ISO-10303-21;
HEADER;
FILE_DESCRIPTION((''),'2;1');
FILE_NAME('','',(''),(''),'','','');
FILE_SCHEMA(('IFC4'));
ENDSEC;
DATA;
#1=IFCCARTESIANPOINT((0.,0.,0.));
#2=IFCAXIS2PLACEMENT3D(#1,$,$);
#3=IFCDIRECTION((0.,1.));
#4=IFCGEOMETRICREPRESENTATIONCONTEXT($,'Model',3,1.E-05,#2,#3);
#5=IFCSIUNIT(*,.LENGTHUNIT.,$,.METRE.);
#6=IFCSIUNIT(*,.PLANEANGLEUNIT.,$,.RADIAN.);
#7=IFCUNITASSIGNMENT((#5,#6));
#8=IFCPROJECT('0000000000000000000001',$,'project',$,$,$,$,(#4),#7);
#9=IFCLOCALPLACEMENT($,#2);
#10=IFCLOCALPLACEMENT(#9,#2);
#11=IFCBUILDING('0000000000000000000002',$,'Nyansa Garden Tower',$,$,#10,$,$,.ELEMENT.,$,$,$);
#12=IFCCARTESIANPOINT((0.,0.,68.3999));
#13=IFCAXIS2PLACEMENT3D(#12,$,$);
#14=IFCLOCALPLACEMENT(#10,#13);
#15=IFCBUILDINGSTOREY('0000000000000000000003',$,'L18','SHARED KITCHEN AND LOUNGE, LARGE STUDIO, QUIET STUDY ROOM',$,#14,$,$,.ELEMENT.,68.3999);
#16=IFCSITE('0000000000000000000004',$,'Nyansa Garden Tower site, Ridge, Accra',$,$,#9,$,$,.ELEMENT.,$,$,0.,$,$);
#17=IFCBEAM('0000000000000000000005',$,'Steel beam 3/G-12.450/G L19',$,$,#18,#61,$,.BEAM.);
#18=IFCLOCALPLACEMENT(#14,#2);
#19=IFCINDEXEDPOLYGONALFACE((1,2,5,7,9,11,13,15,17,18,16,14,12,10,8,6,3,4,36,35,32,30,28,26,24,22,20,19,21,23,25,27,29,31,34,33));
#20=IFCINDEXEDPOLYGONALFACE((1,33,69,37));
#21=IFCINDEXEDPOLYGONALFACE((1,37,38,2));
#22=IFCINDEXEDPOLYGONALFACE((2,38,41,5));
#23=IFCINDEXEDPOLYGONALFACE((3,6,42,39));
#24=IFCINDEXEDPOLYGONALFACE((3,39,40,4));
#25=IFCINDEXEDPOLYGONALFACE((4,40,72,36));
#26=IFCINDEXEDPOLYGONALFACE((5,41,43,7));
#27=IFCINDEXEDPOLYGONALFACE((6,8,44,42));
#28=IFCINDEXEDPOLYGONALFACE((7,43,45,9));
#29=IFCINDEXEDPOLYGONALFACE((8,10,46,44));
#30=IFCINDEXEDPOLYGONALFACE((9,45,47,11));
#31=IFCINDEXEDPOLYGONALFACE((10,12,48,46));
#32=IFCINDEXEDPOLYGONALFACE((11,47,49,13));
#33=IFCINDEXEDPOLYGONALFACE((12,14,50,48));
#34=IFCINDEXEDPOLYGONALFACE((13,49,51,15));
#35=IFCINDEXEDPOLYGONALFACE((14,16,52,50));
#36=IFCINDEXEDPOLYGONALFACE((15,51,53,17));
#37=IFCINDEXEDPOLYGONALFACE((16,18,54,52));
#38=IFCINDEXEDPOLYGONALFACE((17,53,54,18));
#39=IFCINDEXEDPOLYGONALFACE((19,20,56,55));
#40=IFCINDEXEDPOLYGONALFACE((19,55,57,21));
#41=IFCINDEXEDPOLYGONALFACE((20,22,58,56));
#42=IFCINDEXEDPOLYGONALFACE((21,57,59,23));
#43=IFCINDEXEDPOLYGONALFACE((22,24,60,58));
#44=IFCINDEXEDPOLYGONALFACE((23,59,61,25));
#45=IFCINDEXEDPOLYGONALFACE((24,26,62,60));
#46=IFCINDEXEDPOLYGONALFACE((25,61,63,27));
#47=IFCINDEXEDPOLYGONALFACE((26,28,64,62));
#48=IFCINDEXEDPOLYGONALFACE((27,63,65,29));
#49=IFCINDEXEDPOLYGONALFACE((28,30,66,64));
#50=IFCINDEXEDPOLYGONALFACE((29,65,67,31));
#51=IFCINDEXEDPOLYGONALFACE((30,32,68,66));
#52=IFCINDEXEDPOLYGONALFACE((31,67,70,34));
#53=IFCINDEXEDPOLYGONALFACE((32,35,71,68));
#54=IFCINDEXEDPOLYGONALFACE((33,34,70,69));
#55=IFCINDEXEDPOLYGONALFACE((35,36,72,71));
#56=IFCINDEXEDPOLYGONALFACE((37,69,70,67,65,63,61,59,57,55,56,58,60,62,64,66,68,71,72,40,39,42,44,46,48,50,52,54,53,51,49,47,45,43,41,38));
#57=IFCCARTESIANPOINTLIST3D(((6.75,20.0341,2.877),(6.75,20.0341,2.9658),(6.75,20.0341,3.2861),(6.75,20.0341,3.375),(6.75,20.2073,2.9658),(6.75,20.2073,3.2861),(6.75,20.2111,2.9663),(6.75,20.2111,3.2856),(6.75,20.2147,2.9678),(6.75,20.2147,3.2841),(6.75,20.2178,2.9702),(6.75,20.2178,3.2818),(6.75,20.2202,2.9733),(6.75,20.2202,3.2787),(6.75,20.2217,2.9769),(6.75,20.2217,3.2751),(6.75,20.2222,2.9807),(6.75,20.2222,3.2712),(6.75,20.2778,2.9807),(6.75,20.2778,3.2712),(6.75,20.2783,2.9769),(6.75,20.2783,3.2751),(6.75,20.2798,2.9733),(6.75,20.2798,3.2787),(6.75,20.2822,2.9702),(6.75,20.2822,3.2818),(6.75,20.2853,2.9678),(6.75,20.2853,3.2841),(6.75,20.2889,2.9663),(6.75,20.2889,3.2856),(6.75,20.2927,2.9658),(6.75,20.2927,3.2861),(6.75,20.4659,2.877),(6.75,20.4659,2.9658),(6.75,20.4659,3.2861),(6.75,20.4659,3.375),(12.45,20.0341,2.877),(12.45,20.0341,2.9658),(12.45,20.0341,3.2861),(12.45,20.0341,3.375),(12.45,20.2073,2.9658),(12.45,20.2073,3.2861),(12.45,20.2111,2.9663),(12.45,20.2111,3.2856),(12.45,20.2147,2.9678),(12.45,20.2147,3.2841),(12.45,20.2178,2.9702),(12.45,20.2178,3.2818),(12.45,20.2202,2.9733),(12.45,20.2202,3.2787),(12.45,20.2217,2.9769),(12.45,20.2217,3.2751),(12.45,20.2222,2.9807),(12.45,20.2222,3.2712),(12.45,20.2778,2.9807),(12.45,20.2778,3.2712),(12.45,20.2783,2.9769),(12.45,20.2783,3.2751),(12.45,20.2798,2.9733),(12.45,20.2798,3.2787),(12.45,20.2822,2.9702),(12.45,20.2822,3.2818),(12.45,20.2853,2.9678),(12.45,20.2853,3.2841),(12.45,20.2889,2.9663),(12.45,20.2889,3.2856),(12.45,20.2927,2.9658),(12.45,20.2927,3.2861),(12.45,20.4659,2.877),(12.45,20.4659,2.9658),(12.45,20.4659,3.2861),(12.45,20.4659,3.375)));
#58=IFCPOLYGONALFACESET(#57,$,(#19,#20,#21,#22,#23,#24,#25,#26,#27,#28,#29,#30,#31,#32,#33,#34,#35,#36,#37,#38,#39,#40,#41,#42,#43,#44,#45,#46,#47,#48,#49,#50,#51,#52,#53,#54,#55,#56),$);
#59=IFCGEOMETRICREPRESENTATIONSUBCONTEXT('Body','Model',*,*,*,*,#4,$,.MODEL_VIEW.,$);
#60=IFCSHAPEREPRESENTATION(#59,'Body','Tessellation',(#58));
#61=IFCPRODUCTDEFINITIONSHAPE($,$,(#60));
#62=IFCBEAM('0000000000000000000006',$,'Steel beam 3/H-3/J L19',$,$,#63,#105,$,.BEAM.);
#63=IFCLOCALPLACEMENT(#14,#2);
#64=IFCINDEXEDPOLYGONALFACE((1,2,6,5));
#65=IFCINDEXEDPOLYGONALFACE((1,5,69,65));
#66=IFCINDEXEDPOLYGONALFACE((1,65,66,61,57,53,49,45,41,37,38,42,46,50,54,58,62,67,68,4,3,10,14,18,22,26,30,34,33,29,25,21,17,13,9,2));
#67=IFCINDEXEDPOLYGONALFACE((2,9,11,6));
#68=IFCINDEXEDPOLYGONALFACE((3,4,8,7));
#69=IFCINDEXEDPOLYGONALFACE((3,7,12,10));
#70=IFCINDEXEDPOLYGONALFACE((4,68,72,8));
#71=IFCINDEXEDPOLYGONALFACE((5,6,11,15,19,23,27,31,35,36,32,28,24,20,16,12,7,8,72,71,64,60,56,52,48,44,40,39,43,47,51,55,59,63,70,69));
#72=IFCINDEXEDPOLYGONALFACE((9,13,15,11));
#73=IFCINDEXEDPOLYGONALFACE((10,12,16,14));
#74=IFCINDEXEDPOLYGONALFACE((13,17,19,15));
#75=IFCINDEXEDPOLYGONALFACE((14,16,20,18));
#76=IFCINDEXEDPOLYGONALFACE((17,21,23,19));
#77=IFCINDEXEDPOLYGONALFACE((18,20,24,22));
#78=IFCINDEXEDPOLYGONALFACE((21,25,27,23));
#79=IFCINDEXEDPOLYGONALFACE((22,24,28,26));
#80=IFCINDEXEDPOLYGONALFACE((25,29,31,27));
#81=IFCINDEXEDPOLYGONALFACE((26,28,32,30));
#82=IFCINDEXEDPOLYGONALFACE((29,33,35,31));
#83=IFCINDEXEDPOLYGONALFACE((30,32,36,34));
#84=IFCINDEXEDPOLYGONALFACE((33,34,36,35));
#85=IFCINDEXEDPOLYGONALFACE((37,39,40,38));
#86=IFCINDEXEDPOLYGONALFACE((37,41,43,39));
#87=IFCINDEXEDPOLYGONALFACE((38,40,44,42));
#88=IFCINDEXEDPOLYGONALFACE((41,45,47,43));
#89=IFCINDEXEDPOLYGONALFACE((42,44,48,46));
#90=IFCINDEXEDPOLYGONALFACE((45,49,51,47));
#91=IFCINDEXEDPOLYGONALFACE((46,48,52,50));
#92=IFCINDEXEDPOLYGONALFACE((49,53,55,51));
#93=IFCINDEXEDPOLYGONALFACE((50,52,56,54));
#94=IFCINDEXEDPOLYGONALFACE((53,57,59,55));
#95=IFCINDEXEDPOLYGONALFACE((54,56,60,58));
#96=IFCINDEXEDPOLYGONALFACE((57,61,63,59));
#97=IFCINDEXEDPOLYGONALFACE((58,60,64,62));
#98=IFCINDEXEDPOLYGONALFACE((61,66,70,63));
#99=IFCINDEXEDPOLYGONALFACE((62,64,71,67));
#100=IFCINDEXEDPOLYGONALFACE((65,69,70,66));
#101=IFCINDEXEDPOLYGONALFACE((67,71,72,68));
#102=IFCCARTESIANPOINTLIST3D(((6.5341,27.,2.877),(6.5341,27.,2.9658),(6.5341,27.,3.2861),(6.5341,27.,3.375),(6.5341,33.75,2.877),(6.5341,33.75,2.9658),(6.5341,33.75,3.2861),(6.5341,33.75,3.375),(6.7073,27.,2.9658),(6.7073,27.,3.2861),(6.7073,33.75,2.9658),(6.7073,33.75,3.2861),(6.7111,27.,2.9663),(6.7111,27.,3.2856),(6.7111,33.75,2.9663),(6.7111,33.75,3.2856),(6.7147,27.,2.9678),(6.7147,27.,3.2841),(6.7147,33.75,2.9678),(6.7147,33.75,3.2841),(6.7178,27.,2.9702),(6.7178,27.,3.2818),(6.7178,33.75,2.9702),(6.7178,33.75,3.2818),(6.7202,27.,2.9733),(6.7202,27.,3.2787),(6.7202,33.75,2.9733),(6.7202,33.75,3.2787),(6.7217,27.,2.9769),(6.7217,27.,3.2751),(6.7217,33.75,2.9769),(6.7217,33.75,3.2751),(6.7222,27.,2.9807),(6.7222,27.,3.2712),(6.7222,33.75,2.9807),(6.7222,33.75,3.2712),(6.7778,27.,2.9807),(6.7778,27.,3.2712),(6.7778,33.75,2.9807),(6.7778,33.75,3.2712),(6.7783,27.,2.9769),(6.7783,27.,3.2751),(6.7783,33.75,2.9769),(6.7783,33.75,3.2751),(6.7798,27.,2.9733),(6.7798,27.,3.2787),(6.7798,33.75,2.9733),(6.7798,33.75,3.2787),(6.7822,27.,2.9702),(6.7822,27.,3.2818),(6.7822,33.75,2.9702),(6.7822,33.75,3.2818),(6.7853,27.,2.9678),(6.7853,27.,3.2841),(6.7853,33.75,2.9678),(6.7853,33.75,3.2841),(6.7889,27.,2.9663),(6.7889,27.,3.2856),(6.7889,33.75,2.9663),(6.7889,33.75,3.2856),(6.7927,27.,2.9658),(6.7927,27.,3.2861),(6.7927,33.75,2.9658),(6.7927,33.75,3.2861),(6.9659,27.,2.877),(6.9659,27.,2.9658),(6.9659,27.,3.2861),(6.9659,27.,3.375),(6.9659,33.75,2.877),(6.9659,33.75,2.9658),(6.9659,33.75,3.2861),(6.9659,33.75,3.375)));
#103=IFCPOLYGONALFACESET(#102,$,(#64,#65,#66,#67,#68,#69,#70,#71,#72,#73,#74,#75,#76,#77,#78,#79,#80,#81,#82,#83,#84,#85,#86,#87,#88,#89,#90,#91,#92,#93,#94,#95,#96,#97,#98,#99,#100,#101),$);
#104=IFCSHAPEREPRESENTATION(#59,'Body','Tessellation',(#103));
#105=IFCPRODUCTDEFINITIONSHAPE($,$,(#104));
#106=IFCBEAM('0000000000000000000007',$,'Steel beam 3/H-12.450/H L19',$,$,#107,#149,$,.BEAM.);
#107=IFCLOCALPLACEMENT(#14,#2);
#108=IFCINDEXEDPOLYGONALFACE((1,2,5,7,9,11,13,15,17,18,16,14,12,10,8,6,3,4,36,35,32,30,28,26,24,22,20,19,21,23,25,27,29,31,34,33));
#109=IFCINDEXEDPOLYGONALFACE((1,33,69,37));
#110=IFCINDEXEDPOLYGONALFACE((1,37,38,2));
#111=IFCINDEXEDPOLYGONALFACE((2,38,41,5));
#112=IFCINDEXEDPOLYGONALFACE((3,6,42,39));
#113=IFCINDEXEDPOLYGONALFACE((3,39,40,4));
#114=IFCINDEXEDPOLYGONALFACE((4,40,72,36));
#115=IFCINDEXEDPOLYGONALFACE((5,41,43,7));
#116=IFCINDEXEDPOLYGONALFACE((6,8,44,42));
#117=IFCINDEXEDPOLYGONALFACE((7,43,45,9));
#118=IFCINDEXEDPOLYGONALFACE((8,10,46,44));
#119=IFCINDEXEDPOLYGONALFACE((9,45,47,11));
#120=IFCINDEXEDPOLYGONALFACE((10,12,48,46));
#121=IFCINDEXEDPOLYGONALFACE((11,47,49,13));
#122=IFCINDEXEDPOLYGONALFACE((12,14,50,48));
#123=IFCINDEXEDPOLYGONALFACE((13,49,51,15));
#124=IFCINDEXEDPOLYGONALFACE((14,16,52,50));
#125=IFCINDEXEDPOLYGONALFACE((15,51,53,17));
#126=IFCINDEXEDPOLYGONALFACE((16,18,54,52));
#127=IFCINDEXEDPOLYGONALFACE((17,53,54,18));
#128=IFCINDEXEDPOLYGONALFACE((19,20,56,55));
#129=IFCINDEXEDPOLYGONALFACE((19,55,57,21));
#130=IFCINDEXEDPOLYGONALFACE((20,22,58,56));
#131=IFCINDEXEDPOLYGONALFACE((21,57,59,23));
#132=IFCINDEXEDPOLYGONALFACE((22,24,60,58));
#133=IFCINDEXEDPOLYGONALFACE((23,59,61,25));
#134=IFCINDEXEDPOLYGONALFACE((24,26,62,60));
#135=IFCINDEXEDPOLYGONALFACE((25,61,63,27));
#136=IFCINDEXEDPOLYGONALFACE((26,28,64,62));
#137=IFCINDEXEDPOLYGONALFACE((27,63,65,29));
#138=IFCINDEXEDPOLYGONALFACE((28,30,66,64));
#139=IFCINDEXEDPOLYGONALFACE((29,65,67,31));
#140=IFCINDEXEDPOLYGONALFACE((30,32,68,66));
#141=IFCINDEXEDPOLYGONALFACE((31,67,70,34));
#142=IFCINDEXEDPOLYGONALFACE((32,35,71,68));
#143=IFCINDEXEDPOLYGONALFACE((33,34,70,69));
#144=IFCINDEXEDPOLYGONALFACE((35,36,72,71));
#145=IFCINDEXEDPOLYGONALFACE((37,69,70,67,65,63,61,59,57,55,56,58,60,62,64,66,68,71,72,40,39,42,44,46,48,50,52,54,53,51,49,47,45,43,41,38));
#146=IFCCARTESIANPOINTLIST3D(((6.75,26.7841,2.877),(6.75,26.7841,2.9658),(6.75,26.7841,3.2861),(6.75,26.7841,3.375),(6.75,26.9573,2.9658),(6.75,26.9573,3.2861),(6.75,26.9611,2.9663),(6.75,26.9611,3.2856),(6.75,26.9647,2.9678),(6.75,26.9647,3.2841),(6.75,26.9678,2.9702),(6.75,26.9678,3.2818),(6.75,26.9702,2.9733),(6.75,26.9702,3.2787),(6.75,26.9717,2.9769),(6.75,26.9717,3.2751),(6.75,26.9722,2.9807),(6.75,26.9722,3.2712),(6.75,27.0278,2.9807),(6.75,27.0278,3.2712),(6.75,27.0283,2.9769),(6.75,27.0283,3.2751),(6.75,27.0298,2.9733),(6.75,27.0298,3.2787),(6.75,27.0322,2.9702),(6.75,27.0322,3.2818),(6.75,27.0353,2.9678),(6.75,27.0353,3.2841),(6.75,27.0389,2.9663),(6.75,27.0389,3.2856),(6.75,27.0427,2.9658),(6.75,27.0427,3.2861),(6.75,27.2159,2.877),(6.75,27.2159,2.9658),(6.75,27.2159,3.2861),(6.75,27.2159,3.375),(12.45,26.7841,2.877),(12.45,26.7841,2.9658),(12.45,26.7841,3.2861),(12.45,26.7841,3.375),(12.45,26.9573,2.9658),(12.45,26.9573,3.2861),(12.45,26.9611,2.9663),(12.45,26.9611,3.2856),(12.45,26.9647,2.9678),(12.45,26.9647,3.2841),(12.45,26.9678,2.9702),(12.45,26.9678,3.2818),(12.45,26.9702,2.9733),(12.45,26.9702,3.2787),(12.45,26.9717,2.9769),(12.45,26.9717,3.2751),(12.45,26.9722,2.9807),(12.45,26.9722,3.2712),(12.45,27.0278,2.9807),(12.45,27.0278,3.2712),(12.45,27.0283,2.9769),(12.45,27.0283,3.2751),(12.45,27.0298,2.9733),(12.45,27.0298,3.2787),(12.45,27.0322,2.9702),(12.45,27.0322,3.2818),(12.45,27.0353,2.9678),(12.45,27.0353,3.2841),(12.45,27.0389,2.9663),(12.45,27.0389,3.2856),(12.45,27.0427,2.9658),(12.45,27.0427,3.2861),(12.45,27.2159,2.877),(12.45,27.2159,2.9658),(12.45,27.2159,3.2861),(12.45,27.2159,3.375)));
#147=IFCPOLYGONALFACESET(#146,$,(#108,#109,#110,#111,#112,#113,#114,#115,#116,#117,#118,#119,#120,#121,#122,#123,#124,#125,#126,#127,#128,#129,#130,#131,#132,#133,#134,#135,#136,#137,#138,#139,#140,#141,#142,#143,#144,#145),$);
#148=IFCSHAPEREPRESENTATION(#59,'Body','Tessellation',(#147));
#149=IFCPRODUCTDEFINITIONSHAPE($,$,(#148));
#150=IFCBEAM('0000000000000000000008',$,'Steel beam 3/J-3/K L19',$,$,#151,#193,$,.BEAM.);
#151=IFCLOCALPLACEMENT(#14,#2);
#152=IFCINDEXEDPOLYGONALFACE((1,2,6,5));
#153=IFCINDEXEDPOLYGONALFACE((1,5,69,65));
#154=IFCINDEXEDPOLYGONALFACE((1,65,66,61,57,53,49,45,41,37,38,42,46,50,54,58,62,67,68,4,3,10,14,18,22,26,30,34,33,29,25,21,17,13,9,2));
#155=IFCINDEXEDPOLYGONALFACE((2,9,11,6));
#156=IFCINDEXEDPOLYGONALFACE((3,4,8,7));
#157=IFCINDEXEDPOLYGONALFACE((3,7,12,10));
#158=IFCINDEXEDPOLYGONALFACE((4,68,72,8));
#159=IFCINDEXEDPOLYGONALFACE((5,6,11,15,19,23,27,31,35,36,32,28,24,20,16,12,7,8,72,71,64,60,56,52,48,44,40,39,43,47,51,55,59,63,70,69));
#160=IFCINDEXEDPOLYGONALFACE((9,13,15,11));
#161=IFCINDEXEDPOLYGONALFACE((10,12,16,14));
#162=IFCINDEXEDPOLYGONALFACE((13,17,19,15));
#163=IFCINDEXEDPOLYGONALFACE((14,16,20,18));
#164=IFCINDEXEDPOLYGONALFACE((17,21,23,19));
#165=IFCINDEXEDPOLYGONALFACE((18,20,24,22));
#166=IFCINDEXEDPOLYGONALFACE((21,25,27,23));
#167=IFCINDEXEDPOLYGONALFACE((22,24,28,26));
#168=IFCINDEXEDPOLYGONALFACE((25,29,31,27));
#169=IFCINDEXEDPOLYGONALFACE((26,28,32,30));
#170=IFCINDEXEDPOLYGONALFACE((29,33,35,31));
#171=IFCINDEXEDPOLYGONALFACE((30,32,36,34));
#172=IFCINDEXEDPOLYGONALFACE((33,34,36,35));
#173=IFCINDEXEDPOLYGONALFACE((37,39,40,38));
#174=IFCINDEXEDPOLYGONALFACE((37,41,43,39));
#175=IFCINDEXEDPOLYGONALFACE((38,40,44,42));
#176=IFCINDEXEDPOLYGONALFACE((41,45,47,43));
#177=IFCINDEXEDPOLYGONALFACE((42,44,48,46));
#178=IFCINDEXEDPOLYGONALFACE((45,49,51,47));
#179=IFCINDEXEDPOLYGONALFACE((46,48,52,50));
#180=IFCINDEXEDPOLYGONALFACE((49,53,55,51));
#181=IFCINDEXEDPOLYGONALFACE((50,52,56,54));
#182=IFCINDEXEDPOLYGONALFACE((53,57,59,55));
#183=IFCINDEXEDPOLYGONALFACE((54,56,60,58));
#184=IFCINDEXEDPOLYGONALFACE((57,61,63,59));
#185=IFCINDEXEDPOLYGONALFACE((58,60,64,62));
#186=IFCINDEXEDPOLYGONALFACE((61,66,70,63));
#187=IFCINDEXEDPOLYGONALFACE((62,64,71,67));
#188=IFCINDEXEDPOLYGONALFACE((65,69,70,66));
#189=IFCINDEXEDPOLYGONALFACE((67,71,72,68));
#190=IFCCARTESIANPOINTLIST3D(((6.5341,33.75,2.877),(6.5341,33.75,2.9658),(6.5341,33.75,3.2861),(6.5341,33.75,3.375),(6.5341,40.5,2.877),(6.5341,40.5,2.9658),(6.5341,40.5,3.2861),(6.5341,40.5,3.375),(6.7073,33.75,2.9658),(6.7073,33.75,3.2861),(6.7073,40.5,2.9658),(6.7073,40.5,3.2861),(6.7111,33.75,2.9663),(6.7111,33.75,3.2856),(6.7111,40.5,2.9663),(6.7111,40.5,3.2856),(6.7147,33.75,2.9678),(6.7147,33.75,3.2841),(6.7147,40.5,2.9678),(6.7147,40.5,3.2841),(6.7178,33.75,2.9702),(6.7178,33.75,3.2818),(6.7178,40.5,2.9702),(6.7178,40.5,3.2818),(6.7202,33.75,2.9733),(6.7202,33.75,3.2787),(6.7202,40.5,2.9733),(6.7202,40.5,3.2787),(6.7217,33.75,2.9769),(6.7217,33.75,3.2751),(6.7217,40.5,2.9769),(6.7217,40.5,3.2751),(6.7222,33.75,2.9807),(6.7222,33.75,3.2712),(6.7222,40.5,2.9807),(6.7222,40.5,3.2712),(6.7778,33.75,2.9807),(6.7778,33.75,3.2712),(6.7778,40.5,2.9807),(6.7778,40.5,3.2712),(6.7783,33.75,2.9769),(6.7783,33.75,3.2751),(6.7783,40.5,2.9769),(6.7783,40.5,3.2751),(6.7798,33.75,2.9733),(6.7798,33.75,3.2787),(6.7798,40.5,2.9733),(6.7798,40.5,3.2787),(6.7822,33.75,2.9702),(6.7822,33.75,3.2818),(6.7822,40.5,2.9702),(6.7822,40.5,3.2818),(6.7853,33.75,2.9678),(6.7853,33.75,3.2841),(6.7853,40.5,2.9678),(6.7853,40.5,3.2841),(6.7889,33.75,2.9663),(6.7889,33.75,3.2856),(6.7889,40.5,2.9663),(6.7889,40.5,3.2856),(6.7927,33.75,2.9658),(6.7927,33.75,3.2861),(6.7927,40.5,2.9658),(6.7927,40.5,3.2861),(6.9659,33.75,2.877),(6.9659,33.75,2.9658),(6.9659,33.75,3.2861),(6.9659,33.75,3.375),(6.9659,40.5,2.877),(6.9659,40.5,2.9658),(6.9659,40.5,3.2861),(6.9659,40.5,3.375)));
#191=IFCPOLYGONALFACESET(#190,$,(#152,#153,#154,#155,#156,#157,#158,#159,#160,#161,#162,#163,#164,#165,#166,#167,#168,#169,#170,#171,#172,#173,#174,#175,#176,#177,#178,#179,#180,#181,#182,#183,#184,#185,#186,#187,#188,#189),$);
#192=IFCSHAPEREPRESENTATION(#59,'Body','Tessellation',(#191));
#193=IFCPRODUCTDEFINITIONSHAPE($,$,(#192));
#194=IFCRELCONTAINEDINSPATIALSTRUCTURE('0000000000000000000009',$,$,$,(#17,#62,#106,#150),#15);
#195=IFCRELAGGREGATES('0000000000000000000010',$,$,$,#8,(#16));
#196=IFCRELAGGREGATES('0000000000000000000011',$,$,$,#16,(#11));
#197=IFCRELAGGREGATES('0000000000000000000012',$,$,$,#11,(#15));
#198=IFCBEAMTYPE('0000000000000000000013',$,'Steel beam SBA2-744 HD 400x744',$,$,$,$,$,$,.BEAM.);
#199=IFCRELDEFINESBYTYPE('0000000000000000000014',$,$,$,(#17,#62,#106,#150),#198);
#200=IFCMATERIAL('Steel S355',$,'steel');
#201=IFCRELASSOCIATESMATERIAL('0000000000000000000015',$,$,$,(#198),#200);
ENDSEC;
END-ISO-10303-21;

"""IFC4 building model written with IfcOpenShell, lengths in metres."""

from ifc_helpers import new_model, si_unit, direction, frame, origin, origin_2d, place, context, subcontext, project, spatial, i_section, extrude, material, material_profile, profile_set, type_object, element, save


model = new_model("IFC4")

# Units and contexts
model_context = context("Model", 3, precision=1e-05, world=origin(), true_north=direction((0.0, 1.0)))
body_context = subcontext(model_context, "Body", "Model", "MODEL_VIEW")
ifc_project = project(units=[si_unit("LENGTHUNIT", "METRE"), si_unit("PLANEANGLEUNIT", "RADIAN")], contexts=[model_context])

# Site, building, storey
site_placement = place(None, origin())
site = spatial("IfcSite", under=ifc_project, at=site_placement, Name="Nyansa Garden Tower site, Ridge, Accra", CompositionType="ELEMENT", RefElevation=0.0)
building_placement = place(site_placement, origin())
building = spatial("IfcBuilding", under=site, at=building_placement, Name="Nyansa Garden Tower", CompositionType="ELEMENT")
storey_placement = place(building_placement, frame((0.0, 0.0, 68.3999)))
storey = spatial("IfcBuildingStorey", under=building, at=storey_placement, Name="L18", Description="SHARED KITCHEN AND LOUNGE, LARGE STUDIO, QUIET STUDY ROOM", CompositionType="ELEMENT", Elevation=68.3999)

# Beams
ifc_material_1 = material(Name="Steel S355", Category="steel")
ifc_material_profile_1 = material_profile(ifc_material_1, i_section(OverallWidth=0.4319, OverallDepth=0.498, WebThickness=0.0557, FlangeThickness=0.0889, FilletRadius=0.0149, at=origin_2d()), Name="HD 400x744")
ifc_profile_set_1 = profile_set([ifc_material_profile_1], Name="Steel S355")
beam_type_1 = type_object("IfcBeamType", Name="Steel beam SBA2-744 HD 400x744", PredefinedType="BEAM", material=ifc_profile_set_1)
beam_1_placement = place(storey_placement, frame((6.75, 20.25, 3.126), z_axis=(1.0, 0.0, 0.0), x_axis=(0.0, 1.0, 0.0)))
element("IfcBeam", 1, at=beam_1_placement, inside=storey, type_object=beam_type_1, Name="Steel beam 3/G-12.450/G L19", PredefinedType="BEAM", context=body_context, shape_type="SweptSolid", body=[
    extrude(i_section(OverallWidth=0.4319, OverallDepth=0.498, WebThickness=0.0557, FlangeThickness=0.0889, FilletRadius=0.0149, at=origin_2d()), origin(), (0.0, 0.0, 1.0), 5.7),
])
beam_2_placement = place(storey_placement, frame((6.75, 27.0, 3.126), z_axis=(0.0, 1.0, 0.0), x_axis=(-1.0, 0.0, 0.0)))
element("IfcBeam", 2, at=beam_2_placement, inside=storey, type_object=beam_type_1, Name="Steel beam 3/H-3/J L19", PredefinedType="BEAM", context=body_context, shape_type="SweptSolid", body=[
    extrude(i_section(OverallWidth=0.4319, OverallDepth=0.498, WebThickness=0.0557, FlangeThickness=0.0889, FilletRadius=0.0149, at=origin_2d()), origin(), (0.0, 0.0, 1.0), 6.75),
])
beam_3_placement = place(storey_placement, frame((6.75, 27.0, 3.126), z_axis=(1.0, 0.0, 0.0), x_axis=(0.0, 1.0, 0.0)))
element("IfcBeam", 3, at=beam_3_placement, inside=storey, type_object=beam_type_1, Name="Steel beam 3/H-12.450/H L19", PredefinedType="BEAM", context=body_context, shape_type="SweptSolid", body=[
    extrude(i_section(OverallWidth=0.4319, OverallDepth=0.498, WebThickness=0.0557, FlangeThickness=0.0889, FilletRadius=0.0149, at=origin_2d()), origin(), (0.0, 0.0, 1.0), 5.7),
])
for number, where, z_axis, x_axis, name in (
    (4, (6.75, 33.75, 3.126), (0.0, 1.0, 0.0), (-1.0, 0.0, 0.0), "Steel beam 3/J-3/K L19"),
):
    element("IfcBeam", number, at=place(storey_placement, frame(where, z_axis=z_axis, x_axis=x_axis)), inside=storey, type_object=beam_type_1, Name=name, PredefinedType="BEAM", context=body_context, shape_type="SweptSolid", body=[
        extrude(i_section(OverallWidth=0.4319, OverallDepth=0.498, WebThickness=0.0557, FlangeThickness=0.0889, FilletRadius=0.0149, at=origin_2d()), origin(), (0.0, 0.0, 1.0), 6.75),
    ])

save(model, "model.ifc")
